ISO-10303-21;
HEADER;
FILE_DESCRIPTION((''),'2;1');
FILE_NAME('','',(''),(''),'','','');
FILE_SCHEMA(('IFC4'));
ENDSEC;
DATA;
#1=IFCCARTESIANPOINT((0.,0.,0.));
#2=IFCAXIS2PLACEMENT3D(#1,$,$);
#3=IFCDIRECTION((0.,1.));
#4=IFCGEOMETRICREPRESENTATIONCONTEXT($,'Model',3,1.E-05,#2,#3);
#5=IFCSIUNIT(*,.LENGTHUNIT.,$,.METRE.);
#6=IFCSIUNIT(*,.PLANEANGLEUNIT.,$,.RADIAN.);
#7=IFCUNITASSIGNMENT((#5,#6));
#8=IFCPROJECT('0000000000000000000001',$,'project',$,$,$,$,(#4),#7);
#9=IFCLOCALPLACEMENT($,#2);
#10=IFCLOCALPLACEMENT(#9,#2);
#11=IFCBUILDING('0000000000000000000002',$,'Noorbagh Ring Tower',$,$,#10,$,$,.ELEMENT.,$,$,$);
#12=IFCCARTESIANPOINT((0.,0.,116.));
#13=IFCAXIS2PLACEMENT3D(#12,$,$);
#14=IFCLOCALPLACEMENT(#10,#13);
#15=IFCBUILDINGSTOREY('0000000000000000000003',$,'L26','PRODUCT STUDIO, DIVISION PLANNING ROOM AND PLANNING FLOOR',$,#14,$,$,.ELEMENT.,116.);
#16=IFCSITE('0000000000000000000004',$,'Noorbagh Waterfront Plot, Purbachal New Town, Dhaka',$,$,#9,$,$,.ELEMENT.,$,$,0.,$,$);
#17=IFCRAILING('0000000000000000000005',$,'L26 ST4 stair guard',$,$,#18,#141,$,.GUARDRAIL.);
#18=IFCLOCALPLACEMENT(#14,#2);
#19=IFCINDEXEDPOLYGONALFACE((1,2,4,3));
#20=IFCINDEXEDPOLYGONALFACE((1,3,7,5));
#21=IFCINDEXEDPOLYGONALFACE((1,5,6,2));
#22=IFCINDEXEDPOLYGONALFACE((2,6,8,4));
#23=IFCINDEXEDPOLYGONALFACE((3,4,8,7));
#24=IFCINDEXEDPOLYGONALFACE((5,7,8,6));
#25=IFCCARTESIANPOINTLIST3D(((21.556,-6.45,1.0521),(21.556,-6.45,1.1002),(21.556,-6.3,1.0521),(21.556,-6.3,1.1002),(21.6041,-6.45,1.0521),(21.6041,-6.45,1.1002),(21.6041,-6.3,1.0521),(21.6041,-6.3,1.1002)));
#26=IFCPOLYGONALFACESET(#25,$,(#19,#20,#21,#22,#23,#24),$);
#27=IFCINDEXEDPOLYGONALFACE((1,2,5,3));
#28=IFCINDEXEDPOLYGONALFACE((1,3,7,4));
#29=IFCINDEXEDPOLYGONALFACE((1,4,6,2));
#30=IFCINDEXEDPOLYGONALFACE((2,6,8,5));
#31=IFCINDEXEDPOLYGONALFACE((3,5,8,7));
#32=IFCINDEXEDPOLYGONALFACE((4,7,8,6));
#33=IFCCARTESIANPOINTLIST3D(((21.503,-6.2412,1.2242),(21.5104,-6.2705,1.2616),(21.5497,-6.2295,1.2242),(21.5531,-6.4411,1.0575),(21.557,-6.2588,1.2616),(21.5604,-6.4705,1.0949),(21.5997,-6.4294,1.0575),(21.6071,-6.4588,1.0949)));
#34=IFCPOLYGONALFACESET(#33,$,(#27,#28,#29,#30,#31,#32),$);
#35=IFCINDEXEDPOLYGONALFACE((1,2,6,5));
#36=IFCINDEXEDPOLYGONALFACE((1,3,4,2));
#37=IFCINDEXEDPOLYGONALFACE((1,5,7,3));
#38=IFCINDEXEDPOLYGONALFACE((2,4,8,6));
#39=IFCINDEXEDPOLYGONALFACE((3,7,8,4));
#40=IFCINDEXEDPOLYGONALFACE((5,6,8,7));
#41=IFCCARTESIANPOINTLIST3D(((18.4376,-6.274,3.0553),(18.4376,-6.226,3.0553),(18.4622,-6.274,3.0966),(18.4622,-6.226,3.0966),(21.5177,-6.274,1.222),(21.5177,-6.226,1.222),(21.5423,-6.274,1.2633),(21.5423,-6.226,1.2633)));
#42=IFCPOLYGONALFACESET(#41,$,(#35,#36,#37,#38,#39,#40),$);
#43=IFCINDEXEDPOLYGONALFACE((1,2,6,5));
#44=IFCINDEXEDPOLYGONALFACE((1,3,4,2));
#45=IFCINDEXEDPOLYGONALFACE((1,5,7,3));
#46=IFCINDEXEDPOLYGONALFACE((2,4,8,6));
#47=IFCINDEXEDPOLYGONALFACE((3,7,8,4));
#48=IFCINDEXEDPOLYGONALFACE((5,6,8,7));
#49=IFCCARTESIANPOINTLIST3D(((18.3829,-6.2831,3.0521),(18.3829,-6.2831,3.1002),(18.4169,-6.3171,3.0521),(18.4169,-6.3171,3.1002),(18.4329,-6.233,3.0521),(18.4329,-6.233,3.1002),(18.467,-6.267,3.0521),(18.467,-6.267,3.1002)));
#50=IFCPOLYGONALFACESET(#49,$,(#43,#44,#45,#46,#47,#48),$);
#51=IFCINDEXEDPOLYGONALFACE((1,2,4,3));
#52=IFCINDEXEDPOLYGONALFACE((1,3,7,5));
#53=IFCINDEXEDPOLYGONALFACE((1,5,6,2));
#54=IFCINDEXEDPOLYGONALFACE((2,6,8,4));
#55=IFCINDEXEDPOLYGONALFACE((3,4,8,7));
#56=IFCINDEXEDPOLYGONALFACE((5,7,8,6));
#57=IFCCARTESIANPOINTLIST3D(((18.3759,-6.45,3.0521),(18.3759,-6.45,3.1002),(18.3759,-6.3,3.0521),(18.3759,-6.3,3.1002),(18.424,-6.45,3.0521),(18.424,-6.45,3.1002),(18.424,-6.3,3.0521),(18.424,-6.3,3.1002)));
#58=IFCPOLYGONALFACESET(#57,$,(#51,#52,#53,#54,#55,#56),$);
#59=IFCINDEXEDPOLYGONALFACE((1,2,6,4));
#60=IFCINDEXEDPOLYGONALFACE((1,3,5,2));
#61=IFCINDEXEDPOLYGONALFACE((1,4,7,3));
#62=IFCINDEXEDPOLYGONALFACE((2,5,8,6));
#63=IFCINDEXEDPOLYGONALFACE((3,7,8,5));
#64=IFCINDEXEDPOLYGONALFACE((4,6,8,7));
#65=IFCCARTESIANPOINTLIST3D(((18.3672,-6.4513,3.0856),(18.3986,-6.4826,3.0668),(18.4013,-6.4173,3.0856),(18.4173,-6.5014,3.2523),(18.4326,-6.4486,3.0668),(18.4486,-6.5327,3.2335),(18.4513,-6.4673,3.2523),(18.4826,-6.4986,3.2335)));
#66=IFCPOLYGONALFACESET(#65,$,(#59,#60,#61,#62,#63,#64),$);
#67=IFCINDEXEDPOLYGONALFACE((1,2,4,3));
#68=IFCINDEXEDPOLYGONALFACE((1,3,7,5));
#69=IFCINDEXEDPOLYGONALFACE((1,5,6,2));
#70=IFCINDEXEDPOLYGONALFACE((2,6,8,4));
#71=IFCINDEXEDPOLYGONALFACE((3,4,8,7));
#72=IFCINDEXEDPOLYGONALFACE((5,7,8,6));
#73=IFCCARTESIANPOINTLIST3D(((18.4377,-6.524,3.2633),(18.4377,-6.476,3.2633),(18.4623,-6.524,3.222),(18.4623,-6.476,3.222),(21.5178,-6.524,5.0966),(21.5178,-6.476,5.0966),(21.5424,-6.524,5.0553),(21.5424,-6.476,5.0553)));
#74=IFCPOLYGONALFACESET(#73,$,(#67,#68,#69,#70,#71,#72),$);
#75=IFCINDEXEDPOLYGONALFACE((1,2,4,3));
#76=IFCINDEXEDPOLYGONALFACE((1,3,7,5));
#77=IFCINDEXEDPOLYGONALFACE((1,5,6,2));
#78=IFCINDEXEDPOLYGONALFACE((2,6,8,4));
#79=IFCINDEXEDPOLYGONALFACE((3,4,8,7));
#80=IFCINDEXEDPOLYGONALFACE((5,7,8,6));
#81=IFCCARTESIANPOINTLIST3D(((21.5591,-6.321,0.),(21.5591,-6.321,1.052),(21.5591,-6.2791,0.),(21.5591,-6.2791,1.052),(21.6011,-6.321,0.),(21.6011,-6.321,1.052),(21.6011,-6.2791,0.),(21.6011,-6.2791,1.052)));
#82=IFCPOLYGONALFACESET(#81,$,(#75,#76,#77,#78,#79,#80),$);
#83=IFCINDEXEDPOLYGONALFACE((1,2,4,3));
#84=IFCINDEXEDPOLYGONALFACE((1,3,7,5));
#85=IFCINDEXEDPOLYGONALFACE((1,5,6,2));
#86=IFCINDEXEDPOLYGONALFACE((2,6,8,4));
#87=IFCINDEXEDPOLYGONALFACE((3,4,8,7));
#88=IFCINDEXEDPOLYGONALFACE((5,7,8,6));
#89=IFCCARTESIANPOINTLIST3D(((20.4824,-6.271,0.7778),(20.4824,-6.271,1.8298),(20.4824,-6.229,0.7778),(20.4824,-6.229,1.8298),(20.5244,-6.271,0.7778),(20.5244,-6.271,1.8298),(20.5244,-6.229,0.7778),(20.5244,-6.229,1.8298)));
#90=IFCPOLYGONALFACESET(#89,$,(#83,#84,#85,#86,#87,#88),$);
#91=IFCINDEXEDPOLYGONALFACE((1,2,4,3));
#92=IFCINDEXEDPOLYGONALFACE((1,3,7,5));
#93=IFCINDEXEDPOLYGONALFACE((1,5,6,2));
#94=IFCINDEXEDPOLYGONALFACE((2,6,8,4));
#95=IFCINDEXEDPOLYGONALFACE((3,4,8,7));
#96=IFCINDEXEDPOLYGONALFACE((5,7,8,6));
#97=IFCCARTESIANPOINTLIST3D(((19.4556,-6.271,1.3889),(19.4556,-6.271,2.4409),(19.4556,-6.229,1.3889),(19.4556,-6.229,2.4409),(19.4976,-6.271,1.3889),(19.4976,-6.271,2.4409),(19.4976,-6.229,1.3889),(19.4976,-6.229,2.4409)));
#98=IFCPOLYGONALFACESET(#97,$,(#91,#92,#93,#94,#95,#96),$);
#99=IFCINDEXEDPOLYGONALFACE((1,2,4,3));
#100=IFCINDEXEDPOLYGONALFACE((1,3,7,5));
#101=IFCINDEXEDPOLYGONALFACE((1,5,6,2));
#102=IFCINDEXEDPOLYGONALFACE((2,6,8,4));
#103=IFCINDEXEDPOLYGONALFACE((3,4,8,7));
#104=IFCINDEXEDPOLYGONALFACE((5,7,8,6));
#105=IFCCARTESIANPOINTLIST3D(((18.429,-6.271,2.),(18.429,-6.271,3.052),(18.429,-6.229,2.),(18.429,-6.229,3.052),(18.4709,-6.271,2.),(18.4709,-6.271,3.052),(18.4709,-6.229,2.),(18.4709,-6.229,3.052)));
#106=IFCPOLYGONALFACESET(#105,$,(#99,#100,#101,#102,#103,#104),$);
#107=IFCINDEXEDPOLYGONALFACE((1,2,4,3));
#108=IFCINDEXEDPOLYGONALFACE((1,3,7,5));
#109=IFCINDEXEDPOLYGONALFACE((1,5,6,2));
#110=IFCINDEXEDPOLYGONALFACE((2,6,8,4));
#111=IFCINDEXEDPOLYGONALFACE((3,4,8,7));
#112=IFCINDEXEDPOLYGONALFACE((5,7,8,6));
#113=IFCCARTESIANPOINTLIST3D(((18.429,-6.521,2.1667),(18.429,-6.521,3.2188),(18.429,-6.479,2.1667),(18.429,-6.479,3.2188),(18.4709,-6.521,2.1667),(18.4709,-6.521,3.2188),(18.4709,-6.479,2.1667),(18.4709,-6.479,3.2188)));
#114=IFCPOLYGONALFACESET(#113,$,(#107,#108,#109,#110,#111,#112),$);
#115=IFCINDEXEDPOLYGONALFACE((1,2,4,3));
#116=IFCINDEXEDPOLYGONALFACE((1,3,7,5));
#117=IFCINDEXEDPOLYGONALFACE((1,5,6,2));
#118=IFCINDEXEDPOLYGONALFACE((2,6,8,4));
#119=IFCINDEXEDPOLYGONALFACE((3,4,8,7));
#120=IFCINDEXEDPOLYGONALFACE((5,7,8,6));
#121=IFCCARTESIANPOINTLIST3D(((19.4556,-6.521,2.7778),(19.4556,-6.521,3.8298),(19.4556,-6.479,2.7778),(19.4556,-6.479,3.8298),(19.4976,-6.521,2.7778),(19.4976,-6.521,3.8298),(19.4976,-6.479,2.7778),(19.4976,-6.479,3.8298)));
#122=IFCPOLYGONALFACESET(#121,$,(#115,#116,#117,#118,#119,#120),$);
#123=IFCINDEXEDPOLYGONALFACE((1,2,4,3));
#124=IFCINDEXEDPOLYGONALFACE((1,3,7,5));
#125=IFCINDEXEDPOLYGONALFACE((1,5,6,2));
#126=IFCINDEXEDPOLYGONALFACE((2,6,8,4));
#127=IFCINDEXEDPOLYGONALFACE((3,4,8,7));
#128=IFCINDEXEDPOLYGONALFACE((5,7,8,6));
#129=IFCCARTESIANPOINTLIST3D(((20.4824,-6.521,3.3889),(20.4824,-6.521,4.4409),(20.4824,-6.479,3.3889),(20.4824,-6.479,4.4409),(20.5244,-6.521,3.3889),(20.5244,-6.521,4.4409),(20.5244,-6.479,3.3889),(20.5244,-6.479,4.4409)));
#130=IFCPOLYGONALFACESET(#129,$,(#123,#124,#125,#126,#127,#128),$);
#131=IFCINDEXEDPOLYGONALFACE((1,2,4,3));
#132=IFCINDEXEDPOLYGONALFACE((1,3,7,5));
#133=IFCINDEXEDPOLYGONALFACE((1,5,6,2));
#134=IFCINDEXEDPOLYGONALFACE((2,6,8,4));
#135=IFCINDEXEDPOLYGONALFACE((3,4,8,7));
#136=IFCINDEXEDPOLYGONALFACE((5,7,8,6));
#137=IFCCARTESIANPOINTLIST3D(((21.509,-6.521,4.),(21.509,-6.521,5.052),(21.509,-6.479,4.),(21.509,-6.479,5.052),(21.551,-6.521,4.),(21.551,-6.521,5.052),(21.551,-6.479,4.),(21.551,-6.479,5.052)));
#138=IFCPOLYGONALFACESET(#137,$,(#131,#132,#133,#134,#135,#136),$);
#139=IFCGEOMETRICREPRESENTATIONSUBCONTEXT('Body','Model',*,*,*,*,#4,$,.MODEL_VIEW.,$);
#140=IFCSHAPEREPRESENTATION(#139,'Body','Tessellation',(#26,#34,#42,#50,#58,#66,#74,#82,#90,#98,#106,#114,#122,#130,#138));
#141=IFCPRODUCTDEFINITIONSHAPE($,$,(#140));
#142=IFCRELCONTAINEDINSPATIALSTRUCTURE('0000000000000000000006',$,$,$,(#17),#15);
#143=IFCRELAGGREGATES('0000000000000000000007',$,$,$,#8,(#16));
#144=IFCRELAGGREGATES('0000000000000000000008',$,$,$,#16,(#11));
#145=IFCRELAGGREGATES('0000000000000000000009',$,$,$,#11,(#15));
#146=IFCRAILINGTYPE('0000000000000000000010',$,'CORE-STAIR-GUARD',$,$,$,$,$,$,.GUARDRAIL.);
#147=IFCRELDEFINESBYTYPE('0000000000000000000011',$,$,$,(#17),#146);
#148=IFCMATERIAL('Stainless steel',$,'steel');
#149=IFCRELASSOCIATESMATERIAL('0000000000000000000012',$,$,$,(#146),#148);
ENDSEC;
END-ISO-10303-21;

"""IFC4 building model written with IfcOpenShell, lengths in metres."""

from ifc_helpers import new_model, si_unit, direction, frame, origin, origin_2d, place, context, subcontext, project, spatial, rectangle, extrude, material, type_object, element, save


model = new_model("IFC4")

# Units and contexts
model_context = context("Model", 3, precision=1e-05, world=origin(), true_north=direction((0.0, 1.0)))
body_context = subcontext(model_context, "Body", "Model", "MODEL_VIEW")
ifc_project = project(units=[si_unit("LENGTHUNIT", "METRE"), si_unit("PLANEANGLEUNIT", "RADIAN")], contexts=[model_context])

# Site, building, storey
site_placement = place(None, origin())
site = spatial("IfcSite", under=ifc_project, at=site_placement, Name="Noorbagh Waterfront Plot, Purbachal New Town, Dhaka", CompositionType="ELEMENT", RefElevation=0.0)
building_placement = place(site_placement, origin())
building = spatial("IfcBuilding", under=site, at=building_placement, Name="Noorbagh Ring Tower", CompositionType="ELEMENT")
storey_placement = place(building_placement, frame((0.0, 0.0, 116.0)))
storey = spatial("IfcBuildingStorey", under=building, at=storey_placement, Name="L26", Description="PRODUCT STUDIO, DIVISION PLANNING ROOM AND PLANNING FLOOR", CompositionType="ELEMENT", Elevation=116.0)

# Railing
ifc_material_1 = material(Name="Stainless steel", Category="steel")
railing_type_1 = type_object("IfcRailingType", Name="CORE-STAIR-GUARD", PredefinedType="GUARDRAIL", material=ifc_material_1)
railing_1_placement = place(storey_placement, frame((21.5801, -6.3, 0.0)))
element("IfcRailing", 1, at=railing_1_placement, inside=storey, type_object=railing_type_1, Name="L26 ST4 stair guard", PredefinedType="GUARDRAIL", context=body_context, shape_type="SweptSolid", body=[
    extrude(rectangle(XDim=0.0481, YDim=0.0481, at=origin_2d()), frame((0.0, 0.0, 1.0762), z_axis=(0.0, -1.0, 0.0), x_axis=(1.0, 0.0, 0.0)), (0.0, 0.0, 1.0), 0.1499),
    extrude(rectangle(XDim=0.0481, YDim=0.0481, at=origin_2d()), frame((0.0, -0.1499, 1.0762), z_axis=(-0.188776, 0.754182, 0.628946), x_axis=(-0.970073, -0.242814, 0.0)), (0.0, 0.0, 1.0), 0.2651),
    extrude(rectangle(XDim=0.0481, YDim=0.0481, at=origin_2d()), frame((-0.05, 0.05, 1.2427), z_axis=(-0.859309, 0.0, 0.511458), x_axis=(0.0, -1.0, 0.0)), (0.0, 0.0, 1.0), 3.5845),
    extrude(rectangle(XDim=0.0481, YDim=0.0481, at=origin_2d()), frame((-3.1301, 0.05, 3.0762), z_axis=(-0.707107, -0.707107, 0.0), x_axis=(0.707107, -0.707107, 0.0)), (0.0, 0.0, 1.0), 0.0708),
    extrude(rectangle(XDim=0.0481, YDim=0.0481, at=origin_2d()), frame((-3.1802, 0.0, 3.0762), z_axis=(0.0, -1.0, 0.0), x_axis=(1.0, 0.0, 0.0)), (0.0, 0.0, 1.0), 0.1499),
    extrude(rectangle(XDim=0.0481, YDim=0.0481, at=origin_2d()), frame((-3.1802, -0.1499, 3.0762), z_axis=(0.276287, -0.276287, 0.920506), x_axis=(0.707107, 0.707107, 0.0)), (0.0, 0.0, 1.0), 0.1812),
    extrude(rectangle(XDim=0.0481, YDim=0.0481, at=origin_2d()), frame((-3.1301, -0.2, 3.2427), z_axis=(0.859309, 0.0, 0.511458), x_axis=(0.0, 1.0, 0.0)), (0.0, 0.0, 1.0), 3.5845),
    extrude(rectangle(XDim=0.042, YDim=0.042, at=origin_2d()), origin(), (0.0, 0.0, 1.0), 1.052),
    extrude(rectangle(XDim=0.042, YDim=0.042, at=origin_2d()), frame((-1.0767, 0.05, 0.7778)), (0.0, 0.0, 1.0), 1.052),
    extrude(rectangle(XDim=0.042, YDim=0.042, at=origin_2d()), frame((-2.1035, 0.05, 1.3889)), (0.0, 0.0, 1.0), 1.052),
    extrude(rectangle(XDim=0.042, YDim=0.042, at=origin_2d()), frame((-3.1301, 0.05, 2.0)), (0.0, 0.0, 1.0), 1.052),
    extrude(rectangle(XDim=0.042, YDim=0.042, at=origin_2d()), frame((-3.1301, -0.2, 2.1667)), (0.0, 0.0, 1.0), 1.052),
    extrude(rectangle(XDim=0.042, YDim=0.042, at=origin_2d()), frame((-2.1035, -0.2, 2.7778)), (0.0, 0.0, 1.0), 1.052),
    extrude(rectangle(XDim=0.042, YDim=0.042, at=origin_2d()), frame((-1.0767, -0.2, 3.3889)), (0.0, 0.0, 1.0), 1.052),
    extrude(rectangle(XDim=0.042, YDim=0.042, at=origin_2d()), frame((-0.05, -0.2, 4.0)), (0.0, 0.0, 1.0), 1.052),
])

save(model, "model.ifc")
